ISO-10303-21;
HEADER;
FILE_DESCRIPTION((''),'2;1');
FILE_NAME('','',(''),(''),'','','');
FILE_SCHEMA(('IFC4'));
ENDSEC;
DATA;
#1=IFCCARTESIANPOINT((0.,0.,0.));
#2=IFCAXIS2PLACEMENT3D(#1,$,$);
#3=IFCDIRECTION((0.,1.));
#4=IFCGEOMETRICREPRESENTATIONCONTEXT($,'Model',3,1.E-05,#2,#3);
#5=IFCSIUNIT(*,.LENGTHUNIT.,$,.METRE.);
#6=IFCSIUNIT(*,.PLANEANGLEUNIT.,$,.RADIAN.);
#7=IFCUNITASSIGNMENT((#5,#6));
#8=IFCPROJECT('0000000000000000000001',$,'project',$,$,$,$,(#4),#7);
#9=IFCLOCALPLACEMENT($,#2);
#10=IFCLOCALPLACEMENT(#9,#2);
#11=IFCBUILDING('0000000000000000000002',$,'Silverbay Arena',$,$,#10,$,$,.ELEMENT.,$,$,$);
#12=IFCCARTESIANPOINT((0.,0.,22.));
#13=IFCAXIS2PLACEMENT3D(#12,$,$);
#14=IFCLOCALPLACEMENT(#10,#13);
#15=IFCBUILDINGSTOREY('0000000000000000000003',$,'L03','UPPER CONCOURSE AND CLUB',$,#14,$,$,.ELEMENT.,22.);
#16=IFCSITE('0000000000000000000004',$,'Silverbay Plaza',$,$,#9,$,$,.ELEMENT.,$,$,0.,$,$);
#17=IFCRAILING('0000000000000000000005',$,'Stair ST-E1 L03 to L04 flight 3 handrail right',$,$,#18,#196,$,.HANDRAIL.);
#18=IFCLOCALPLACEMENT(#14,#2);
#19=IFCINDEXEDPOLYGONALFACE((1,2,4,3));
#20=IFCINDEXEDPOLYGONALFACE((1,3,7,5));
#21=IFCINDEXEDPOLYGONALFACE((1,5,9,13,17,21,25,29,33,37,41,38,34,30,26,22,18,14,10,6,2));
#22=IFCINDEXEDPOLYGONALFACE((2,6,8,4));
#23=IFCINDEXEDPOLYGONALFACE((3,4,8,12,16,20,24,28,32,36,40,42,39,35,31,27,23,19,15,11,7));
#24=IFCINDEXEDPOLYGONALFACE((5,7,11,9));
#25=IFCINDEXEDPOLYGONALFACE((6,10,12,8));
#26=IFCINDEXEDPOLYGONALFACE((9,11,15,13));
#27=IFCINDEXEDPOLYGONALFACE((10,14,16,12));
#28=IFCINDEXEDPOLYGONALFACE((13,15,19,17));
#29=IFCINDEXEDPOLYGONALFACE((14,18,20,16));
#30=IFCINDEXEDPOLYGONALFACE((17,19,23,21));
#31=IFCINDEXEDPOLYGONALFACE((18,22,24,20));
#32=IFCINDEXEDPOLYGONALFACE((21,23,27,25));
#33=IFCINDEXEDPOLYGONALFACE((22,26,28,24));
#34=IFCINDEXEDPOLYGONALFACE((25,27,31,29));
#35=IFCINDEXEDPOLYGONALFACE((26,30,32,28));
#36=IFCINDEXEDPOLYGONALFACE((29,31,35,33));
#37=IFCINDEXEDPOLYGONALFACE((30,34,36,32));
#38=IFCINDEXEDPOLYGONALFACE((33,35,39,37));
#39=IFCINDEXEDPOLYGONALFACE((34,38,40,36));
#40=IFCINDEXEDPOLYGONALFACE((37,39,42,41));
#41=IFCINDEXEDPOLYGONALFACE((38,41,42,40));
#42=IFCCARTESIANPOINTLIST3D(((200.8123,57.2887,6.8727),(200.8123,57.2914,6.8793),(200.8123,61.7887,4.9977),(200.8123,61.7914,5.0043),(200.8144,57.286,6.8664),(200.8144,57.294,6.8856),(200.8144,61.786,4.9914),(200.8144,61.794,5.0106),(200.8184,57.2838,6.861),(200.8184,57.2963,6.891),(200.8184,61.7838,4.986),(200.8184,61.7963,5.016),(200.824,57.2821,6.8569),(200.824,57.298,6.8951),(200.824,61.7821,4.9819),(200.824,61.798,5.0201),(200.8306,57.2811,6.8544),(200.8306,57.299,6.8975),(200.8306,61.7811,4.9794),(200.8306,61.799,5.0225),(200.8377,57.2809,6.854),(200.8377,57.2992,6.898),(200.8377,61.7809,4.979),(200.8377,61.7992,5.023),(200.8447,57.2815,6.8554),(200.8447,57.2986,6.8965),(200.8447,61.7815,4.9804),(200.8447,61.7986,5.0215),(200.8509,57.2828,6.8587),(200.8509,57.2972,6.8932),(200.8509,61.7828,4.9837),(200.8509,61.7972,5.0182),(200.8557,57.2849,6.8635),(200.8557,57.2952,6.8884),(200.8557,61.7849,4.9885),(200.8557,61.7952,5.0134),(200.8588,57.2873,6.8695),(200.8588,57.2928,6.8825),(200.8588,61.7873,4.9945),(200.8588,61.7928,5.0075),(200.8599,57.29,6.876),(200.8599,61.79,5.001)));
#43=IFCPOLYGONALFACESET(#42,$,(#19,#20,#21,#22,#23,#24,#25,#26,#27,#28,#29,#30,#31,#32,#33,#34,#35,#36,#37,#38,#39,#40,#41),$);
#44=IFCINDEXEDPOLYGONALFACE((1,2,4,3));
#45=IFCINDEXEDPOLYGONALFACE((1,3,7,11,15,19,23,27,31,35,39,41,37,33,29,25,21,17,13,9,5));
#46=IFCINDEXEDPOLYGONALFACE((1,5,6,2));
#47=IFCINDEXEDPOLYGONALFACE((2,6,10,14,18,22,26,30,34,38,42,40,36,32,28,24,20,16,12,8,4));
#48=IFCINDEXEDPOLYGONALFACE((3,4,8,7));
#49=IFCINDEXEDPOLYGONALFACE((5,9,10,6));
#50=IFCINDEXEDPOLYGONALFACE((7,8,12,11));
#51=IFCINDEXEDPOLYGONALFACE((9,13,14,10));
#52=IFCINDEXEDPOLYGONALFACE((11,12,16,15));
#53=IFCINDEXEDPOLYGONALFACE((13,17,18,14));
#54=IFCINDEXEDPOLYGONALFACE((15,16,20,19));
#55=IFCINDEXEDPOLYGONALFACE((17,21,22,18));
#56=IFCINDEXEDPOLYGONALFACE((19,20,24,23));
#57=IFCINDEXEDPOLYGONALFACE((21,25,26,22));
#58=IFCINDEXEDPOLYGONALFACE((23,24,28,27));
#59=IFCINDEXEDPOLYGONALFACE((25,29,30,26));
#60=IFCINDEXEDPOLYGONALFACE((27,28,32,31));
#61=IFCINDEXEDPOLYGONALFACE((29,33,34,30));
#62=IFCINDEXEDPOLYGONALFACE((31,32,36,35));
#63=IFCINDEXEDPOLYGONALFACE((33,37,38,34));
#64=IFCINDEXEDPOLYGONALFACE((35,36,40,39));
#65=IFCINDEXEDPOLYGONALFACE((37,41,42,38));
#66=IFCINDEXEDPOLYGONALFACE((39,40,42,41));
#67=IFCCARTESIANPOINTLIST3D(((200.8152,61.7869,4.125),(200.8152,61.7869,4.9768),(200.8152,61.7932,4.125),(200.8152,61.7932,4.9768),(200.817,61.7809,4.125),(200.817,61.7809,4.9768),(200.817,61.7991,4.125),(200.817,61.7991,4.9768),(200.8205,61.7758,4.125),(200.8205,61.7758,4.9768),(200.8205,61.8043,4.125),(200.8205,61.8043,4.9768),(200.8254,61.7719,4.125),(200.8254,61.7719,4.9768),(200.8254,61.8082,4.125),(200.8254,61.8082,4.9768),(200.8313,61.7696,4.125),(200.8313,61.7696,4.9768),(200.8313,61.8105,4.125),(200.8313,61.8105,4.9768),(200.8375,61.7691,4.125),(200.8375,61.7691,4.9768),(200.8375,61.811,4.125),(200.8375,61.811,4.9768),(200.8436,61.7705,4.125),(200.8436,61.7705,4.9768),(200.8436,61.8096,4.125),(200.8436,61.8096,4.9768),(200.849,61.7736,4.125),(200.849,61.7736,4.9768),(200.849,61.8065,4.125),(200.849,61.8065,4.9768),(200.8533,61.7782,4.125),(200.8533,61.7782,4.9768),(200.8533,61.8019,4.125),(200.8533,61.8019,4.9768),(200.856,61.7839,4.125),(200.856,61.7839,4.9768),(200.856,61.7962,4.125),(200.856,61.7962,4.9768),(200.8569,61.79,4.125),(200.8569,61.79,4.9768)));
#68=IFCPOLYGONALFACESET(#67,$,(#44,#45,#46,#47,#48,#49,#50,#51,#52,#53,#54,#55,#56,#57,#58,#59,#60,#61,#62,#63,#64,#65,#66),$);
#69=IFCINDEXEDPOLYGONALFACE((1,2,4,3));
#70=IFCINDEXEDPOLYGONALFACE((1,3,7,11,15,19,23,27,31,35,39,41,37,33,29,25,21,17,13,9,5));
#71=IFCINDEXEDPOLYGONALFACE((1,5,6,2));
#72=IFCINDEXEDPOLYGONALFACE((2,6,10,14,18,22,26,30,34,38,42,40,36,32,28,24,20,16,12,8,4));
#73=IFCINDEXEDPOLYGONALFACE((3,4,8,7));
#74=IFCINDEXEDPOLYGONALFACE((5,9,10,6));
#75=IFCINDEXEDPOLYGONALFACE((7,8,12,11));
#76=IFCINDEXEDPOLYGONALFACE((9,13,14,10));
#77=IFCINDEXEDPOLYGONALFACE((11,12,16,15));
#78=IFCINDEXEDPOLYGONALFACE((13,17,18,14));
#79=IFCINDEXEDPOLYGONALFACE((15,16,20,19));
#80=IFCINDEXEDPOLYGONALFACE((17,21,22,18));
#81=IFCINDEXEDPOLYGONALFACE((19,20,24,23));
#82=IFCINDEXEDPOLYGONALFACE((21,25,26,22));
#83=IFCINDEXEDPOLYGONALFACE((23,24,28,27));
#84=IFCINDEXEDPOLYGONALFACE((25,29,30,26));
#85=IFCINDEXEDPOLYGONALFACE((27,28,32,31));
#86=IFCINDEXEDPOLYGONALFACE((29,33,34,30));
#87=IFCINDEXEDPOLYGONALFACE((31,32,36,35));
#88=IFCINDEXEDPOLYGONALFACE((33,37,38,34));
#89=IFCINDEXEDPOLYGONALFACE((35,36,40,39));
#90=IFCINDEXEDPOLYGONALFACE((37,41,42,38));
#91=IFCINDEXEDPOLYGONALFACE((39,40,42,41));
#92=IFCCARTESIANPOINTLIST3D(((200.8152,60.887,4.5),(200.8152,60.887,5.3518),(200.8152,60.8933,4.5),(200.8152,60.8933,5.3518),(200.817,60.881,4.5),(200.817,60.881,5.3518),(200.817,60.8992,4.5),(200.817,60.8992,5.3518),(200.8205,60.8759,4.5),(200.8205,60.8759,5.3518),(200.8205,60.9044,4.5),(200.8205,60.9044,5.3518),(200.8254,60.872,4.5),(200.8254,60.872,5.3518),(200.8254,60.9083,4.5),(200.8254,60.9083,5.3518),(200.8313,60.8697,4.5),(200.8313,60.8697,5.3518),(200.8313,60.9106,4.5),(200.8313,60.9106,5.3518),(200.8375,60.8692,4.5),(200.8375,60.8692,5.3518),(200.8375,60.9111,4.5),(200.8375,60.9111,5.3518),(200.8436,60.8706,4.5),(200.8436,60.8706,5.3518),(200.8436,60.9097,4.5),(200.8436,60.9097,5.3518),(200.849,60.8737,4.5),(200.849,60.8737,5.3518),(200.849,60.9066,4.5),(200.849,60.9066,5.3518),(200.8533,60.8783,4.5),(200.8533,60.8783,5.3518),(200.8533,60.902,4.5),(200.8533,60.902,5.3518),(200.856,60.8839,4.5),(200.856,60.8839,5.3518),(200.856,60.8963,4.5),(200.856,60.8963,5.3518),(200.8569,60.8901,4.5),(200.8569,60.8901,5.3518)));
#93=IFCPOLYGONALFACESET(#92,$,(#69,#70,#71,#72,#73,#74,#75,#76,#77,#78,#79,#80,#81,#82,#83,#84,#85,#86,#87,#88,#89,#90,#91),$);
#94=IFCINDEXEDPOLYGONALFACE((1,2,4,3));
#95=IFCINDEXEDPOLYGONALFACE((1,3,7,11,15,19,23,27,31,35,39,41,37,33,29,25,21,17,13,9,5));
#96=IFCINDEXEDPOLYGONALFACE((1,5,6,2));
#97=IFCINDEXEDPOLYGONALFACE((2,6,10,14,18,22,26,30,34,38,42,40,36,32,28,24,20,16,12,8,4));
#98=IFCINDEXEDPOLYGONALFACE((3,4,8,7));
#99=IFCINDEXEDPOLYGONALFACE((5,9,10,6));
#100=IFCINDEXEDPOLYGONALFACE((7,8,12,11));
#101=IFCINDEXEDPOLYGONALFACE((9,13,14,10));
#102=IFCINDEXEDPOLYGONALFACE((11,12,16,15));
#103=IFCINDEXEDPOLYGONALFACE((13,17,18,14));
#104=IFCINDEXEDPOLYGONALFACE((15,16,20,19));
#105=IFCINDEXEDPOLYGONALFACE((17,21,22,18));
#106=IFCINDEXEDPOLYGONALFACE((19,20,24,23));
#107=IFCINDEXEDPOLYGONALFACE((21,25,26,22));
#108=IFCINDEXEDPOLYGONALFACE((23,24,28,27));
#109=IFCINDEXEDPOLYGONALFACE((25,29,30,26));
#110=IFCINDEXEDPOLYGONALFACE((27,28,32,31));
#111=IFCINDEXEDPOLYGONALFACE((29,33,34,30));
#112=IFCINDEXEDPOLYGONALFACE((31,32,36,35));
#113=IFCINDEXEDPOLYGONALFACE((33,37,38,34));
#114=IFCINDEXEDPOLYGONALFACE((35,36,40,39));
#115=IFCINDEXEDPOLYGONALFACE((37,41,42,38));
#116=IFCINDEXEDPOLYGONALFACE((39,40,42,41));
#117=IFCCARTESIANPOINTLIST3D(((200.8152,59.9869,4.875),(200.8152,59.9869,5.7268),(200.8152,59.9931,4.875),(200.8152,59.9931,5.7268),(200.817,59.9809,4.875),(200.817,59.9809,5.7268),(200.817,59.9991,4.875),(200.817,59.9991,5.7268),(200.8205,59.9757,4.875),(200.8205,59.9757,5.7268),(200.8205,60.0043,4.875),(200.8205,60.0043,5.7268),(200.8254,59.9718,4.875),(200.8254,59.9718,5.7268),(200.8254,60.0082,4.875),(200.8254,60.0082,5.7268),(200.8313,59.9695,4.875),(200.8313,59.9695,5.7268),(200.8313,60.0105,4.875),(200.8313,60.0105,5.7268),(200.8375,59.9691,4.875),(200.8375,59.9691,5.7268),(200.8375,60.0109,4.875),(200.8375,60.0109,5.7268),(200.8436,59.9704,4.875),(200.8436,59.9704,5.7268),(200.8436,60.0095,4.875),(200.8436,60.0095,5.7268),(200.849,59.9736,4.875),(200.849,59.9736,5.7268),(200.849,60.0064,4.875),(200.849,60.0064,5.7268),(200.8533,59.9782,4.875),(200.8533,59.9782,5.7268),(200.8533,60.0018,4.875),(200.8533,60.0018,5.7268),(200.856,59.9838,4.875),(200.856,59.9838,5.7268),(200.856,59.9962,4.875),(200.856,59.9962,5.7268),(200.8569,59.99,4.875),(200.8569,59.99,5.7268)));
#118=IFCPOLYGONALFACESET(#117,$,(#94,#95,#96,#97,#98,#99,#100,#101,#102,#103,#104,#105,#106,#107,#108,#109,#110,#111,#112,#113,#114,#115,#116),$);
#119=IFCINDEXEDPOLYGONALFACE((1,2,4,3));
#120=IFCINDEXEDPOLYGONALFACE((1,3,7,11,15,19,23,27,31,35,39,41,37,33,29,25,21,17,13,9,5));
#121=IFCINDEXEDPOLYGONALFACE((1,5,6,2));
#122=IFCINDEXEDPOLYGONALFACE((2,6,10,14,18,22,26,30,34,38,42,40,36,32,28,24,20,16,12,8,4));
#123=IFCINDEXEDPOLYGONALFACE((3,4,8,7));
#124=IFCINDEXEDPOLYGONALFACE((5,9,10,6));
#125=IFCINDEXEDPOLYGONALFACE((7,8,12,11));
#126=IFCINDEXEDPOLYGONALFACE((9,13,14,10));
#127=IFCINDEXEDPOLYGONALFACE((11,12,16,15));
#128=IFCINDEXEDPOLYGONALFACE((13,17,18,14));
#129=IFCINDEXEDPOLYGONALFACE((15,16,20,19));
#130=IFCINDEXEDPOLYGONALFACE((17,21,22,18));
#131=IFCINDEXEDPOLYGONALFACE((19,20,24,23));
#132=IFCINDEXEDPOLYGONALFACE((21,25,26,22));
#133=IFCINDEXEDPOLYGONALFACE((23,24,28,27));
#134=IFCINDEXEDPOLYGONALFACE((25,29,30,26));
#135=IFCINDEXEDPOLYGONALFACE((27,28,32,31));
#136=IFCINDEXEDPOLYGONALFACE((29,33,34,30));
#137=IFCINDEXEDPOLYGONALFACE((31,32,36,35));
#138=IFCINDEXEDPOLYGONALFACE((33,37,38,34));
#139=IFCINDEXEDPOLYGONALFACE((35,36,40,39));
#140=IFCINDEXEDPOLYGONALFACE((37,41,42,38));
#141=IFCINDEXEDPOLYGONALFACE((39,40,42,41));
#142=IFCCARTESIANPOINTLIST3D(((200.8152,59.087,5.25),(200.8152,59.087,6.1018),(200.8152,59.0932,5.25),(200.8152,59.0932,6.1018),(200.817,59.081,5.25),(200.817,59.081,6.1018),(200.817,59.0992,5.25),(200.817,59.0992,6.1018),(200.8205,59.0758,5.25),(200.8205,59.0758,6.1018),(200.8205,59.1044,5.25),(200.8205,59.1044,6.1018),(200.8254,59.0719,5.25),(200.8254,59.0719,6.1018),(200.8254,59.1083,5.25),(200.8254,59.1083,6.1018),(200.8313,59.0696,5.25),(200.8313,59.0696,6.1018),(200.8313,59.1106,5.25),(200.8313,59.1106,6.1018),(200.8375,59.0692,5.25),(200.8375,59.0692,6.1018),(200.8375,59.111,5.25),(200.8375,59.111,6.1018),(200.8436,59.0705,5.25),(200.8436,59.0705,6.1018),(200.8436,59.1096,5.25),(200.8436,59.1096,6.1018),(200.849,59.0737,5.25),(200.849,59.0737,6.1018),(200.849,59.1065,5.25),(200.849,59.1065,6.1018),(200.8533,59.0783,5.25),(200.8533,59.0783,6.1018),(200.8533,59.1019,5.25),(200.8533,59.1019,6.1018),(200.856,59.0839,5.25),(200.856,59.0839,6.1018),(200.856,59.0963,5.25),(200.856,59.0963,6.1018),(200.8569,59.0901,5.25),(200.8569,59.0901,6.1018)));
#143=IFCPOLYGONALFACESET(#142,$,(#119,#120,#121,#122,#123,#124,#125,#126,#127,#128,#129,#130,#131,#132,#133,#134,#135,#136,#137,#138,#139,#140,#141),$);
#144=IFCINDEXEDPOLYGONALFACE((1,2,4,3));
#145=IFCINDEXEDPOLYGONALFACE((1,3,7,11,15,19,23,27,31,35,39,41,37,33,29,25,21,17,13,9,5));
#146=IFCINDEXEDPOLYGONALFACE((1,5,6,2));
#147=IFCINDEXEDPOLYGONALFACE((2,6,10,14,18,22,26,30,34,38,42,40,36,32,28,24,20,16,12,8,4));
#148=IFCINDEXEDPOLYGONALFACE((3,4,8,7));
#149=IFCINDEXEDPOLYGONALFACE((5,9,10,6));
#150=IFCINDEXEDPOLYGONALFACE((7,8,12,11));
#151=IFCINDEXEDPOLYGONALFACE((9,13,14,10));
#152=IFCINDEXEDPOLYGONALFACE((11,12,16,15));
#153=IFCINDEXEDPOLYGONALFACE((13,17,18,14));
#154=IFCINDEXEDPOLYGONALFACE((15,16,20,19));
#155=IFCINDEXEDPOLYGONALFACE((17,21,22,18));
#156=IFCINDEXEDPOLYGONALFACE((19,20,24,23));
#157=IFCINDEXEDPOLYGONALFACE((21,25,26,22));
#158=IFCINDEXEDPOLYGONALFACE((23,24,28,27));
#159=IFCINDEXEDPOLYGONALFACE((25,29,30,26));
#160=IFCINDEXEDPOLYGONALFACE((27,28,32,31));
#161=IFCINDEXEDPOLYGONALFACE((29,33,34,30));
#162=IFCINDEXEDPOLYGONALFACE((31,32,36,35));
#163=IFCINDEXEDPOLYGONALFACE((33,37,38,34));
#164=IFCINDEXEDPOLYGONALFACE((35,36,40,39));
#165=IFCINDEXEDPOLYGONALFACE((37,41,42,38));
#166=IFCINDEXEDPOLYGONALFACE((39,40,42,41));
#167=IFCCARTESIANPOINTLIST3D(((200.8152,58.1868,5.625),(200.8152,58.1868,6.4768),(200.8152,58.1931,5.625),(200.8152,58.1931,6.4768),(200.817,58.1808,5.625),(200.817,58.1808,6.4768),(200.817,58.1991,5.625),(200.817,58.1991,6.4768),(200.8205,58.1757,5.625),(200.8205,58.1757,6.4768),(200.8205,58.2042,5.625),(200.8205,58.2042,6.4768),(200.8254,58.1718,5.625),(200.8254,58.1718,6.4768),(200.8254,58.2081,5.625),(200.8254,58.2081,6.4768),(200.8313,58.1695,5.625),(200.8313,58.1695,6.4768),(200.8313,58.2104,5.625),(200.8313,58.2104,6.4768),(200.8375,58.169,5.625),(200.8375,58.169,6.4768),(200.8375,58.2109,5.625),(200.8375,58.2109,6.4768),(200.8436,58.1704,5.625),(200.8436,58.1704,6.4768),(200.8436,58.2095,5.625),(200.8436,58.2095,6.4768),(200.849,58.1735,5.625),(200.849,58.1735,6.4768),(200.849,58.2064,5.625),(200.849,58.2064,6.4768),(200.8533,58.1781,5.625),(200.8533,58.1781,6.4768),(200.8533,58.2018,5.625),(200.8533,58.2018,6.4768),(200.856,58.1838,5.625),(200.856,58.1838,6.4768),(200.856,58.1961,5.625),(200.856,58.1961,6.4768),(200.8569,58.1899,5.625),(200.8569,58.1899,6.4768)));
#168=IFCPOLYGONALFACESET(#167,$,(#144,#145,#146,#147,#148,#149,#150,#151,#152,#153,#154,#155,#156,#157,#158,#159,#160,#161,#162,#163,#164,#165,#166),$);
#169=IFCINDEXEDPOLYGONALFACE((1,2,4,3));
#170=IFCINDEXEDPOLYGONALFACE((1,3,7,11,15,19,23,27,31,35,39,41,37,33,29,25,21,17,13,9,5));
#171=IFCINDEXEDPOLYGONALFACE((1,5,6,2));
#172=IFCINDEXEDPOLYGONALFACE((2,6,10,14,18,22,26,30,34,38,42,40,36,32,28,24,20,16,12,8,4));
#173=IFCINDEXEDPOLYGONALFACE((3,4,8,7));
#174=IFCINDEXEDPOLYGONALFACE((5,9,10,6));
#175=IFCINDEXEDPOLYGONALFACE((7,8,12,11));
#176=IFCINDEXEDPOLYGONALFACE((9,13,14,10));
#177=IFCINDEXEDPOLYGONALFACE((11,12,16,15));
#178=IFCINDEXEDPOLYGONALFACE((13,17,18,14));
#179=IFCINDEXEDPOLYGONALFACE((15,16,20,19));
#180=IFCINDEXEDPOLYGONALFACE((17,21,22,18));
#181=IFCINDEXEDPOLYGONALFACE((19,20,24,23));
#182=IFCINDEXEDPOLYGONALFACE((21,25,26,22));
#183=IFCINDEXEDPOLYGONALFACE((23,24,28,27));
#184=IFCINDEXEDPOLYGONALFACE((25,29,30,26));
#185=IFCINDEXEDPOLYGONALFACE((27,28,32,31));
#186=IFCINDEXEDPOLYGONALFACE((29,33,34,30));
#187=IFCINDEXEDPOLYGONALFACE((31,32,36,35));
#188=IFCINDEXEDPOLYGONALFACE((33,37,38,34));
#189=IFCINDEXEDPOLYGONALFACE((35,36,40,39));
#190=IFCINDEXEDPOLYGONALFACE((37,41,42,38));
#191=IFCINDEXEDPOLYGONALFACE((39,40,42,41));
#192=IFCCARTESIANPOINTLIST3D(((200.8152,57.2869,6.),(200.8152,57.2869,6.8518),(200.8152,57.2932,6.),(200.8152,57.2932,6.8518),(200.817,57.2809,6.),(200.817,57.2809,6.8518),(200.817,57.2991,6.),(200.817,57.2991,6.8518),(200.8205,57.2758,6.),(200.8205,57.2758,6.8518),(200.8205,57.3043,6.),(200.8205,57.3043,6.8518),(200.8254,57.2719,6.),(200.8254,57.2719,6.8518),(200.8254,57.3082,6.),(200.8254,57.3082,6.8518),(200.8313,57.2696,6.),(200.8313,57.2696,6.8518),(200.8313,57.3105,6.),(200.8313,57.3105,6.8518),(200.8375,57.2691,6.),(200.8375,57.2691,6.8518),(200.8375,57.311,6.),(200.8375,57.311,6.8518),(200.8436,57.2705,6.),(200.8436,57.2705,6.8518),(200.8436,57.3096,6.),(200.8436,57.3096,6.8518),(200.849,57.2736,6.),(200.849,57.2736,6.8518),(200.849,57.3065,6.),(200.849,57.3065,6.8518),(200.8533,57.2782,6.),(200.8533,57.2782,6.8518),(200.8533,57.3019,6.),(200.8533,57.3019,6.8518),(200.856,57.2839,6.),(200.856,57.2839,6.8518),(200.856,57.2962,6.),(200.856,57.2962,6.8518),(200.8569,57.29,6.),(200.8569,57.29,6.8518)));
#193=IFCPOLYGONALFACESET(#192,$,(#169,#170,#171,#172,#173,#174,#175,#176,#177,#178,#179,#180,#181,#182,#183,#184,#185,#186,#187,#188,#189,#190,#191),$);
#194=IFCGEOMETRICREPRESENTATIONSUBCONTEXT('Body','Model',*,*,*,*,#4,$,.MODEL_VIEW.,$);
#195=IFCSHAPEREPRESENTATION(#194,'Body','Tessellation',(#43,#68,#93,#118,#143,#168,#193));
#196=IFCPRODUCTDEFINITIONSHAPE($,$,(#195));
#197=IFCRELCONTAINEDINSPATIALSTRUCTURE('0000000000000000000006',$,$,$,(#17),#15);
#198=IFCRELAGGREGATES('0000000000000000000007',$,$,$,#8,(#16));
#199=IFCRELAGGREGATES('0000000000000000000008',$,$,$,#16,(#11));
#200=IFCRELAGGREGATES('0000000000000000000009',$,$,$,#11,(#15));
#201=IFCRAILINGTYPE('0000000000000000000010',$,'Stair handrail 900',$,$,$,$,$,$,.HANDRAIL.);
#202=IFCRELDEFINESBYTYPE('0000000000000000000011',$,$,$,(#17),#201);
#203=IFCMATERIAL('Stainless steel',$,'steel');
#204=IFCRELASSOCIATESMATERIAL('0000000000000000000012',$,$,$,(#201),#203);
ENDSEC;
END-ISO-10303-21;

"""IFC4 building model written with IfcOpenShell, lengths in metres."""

from ifc_helpers import new_model, si_unit, direction, frame, origin, origin_2d, place, context, subcontext, project, spatial, circle, extrude, material, type_object, element, save


model = new_model("IFC4")

# Units and contexts
model_context = context("Model", 3, precision=1e-05, world=origin(), true_north=direction((0.0, 1.0)))
body_context = subcontext(model_context, "Body", "Model", "MODEL_VIEW")
ifc_project = project(units=[si_unit("LENGTHUNIT", "METRE"), si_unit("PLANEANGLEUNIT", "RADIAN")], contexts=[model_context])

# Site, building, storey
site_placement = place(None, origin())
site = spatial("IfcSite", under=ifc_project, at=site_placement, Name="Silverbay Plaza", CompositionType="ELEMENT", RefElevation=0.0)
building_placement = place(site_placement, origin())
building = spatial("IfcBuilding", under=site, at=building_placement, Name="Silverbay Arena", CompositionType="ELEMENT")
storey_placement = place(building_placement, frame((0.0, 0.0, 22.0)))
storey = spatial("IfcBuildingStorey", under=building, at=storey_placement, Name="L03", Description="UPPER CONCOURSE AND CLUB", CompositionType="ELEMENT", Elevation=22.0)

# Railing
ifc_material_1 = material(Name="Stainless steel", Category="steel")
railing_type_1 = type_object("IfcRailingType", Name="Stair handrail 900", PredefinedType="HANDRAIL", material=ifc_material_1)
railing_1_placement = place(storey_placement, frame((200.8359, 61.79, 4.125)))
element("IfcRailing", 1, at=railing_1_placement, inside=storey, type_object=railing_type_1, Name="Stair ST-E1 L03 to L04 flight 3 handrail right", PredefinedType="HANDRAIL", context=body_context, shape_type="SweptSolid", body=[
    extrude(circle(Radius=0.0239, at=origin_2d()), frame((0.0, 0.0, 0.876), z_axis=(0.0, -0.923077, 0.384615), x_axis=(1.0, 0.0, 0.0)), (0.0, 0.0, 1.0), 4.875),
    extrude(circle(Radius=0.021, at=origin_2d()), origin(), (0.0, 0.0, 1.0), 0.8518),
    extrude(circle(Radius=0.021, at=origin_2d()), frame((0.0, -0.8999, 0.375)), (0.0, 0.0, 1.0), 0.8518),
    extrude(circle(Radius=0.021, at=origin_2d()), frame((0.0, -1.8, 0.75)), (0.0, 0.0, 1.0), 0.8518),
    extrude(circle(Radius=0.021, at=origin_2d()), frame((0.0, -2.7, 1.125)), (0.0, 0.0, 1.0), 0.8518),
    extrude(circle(Radius=0.021, at=origin_2d()), frame((0.0, -3.6001, 1.5)), (0.0, 0.0, 1.0), 0.8518),
    extrude(circle(Radius=0.021, at=origin_2d()), frame((0.0, -4.5, 1.875)), (0.0, 0.0, 1.0), 0.8518),
])

save(model, "model.ifc")
